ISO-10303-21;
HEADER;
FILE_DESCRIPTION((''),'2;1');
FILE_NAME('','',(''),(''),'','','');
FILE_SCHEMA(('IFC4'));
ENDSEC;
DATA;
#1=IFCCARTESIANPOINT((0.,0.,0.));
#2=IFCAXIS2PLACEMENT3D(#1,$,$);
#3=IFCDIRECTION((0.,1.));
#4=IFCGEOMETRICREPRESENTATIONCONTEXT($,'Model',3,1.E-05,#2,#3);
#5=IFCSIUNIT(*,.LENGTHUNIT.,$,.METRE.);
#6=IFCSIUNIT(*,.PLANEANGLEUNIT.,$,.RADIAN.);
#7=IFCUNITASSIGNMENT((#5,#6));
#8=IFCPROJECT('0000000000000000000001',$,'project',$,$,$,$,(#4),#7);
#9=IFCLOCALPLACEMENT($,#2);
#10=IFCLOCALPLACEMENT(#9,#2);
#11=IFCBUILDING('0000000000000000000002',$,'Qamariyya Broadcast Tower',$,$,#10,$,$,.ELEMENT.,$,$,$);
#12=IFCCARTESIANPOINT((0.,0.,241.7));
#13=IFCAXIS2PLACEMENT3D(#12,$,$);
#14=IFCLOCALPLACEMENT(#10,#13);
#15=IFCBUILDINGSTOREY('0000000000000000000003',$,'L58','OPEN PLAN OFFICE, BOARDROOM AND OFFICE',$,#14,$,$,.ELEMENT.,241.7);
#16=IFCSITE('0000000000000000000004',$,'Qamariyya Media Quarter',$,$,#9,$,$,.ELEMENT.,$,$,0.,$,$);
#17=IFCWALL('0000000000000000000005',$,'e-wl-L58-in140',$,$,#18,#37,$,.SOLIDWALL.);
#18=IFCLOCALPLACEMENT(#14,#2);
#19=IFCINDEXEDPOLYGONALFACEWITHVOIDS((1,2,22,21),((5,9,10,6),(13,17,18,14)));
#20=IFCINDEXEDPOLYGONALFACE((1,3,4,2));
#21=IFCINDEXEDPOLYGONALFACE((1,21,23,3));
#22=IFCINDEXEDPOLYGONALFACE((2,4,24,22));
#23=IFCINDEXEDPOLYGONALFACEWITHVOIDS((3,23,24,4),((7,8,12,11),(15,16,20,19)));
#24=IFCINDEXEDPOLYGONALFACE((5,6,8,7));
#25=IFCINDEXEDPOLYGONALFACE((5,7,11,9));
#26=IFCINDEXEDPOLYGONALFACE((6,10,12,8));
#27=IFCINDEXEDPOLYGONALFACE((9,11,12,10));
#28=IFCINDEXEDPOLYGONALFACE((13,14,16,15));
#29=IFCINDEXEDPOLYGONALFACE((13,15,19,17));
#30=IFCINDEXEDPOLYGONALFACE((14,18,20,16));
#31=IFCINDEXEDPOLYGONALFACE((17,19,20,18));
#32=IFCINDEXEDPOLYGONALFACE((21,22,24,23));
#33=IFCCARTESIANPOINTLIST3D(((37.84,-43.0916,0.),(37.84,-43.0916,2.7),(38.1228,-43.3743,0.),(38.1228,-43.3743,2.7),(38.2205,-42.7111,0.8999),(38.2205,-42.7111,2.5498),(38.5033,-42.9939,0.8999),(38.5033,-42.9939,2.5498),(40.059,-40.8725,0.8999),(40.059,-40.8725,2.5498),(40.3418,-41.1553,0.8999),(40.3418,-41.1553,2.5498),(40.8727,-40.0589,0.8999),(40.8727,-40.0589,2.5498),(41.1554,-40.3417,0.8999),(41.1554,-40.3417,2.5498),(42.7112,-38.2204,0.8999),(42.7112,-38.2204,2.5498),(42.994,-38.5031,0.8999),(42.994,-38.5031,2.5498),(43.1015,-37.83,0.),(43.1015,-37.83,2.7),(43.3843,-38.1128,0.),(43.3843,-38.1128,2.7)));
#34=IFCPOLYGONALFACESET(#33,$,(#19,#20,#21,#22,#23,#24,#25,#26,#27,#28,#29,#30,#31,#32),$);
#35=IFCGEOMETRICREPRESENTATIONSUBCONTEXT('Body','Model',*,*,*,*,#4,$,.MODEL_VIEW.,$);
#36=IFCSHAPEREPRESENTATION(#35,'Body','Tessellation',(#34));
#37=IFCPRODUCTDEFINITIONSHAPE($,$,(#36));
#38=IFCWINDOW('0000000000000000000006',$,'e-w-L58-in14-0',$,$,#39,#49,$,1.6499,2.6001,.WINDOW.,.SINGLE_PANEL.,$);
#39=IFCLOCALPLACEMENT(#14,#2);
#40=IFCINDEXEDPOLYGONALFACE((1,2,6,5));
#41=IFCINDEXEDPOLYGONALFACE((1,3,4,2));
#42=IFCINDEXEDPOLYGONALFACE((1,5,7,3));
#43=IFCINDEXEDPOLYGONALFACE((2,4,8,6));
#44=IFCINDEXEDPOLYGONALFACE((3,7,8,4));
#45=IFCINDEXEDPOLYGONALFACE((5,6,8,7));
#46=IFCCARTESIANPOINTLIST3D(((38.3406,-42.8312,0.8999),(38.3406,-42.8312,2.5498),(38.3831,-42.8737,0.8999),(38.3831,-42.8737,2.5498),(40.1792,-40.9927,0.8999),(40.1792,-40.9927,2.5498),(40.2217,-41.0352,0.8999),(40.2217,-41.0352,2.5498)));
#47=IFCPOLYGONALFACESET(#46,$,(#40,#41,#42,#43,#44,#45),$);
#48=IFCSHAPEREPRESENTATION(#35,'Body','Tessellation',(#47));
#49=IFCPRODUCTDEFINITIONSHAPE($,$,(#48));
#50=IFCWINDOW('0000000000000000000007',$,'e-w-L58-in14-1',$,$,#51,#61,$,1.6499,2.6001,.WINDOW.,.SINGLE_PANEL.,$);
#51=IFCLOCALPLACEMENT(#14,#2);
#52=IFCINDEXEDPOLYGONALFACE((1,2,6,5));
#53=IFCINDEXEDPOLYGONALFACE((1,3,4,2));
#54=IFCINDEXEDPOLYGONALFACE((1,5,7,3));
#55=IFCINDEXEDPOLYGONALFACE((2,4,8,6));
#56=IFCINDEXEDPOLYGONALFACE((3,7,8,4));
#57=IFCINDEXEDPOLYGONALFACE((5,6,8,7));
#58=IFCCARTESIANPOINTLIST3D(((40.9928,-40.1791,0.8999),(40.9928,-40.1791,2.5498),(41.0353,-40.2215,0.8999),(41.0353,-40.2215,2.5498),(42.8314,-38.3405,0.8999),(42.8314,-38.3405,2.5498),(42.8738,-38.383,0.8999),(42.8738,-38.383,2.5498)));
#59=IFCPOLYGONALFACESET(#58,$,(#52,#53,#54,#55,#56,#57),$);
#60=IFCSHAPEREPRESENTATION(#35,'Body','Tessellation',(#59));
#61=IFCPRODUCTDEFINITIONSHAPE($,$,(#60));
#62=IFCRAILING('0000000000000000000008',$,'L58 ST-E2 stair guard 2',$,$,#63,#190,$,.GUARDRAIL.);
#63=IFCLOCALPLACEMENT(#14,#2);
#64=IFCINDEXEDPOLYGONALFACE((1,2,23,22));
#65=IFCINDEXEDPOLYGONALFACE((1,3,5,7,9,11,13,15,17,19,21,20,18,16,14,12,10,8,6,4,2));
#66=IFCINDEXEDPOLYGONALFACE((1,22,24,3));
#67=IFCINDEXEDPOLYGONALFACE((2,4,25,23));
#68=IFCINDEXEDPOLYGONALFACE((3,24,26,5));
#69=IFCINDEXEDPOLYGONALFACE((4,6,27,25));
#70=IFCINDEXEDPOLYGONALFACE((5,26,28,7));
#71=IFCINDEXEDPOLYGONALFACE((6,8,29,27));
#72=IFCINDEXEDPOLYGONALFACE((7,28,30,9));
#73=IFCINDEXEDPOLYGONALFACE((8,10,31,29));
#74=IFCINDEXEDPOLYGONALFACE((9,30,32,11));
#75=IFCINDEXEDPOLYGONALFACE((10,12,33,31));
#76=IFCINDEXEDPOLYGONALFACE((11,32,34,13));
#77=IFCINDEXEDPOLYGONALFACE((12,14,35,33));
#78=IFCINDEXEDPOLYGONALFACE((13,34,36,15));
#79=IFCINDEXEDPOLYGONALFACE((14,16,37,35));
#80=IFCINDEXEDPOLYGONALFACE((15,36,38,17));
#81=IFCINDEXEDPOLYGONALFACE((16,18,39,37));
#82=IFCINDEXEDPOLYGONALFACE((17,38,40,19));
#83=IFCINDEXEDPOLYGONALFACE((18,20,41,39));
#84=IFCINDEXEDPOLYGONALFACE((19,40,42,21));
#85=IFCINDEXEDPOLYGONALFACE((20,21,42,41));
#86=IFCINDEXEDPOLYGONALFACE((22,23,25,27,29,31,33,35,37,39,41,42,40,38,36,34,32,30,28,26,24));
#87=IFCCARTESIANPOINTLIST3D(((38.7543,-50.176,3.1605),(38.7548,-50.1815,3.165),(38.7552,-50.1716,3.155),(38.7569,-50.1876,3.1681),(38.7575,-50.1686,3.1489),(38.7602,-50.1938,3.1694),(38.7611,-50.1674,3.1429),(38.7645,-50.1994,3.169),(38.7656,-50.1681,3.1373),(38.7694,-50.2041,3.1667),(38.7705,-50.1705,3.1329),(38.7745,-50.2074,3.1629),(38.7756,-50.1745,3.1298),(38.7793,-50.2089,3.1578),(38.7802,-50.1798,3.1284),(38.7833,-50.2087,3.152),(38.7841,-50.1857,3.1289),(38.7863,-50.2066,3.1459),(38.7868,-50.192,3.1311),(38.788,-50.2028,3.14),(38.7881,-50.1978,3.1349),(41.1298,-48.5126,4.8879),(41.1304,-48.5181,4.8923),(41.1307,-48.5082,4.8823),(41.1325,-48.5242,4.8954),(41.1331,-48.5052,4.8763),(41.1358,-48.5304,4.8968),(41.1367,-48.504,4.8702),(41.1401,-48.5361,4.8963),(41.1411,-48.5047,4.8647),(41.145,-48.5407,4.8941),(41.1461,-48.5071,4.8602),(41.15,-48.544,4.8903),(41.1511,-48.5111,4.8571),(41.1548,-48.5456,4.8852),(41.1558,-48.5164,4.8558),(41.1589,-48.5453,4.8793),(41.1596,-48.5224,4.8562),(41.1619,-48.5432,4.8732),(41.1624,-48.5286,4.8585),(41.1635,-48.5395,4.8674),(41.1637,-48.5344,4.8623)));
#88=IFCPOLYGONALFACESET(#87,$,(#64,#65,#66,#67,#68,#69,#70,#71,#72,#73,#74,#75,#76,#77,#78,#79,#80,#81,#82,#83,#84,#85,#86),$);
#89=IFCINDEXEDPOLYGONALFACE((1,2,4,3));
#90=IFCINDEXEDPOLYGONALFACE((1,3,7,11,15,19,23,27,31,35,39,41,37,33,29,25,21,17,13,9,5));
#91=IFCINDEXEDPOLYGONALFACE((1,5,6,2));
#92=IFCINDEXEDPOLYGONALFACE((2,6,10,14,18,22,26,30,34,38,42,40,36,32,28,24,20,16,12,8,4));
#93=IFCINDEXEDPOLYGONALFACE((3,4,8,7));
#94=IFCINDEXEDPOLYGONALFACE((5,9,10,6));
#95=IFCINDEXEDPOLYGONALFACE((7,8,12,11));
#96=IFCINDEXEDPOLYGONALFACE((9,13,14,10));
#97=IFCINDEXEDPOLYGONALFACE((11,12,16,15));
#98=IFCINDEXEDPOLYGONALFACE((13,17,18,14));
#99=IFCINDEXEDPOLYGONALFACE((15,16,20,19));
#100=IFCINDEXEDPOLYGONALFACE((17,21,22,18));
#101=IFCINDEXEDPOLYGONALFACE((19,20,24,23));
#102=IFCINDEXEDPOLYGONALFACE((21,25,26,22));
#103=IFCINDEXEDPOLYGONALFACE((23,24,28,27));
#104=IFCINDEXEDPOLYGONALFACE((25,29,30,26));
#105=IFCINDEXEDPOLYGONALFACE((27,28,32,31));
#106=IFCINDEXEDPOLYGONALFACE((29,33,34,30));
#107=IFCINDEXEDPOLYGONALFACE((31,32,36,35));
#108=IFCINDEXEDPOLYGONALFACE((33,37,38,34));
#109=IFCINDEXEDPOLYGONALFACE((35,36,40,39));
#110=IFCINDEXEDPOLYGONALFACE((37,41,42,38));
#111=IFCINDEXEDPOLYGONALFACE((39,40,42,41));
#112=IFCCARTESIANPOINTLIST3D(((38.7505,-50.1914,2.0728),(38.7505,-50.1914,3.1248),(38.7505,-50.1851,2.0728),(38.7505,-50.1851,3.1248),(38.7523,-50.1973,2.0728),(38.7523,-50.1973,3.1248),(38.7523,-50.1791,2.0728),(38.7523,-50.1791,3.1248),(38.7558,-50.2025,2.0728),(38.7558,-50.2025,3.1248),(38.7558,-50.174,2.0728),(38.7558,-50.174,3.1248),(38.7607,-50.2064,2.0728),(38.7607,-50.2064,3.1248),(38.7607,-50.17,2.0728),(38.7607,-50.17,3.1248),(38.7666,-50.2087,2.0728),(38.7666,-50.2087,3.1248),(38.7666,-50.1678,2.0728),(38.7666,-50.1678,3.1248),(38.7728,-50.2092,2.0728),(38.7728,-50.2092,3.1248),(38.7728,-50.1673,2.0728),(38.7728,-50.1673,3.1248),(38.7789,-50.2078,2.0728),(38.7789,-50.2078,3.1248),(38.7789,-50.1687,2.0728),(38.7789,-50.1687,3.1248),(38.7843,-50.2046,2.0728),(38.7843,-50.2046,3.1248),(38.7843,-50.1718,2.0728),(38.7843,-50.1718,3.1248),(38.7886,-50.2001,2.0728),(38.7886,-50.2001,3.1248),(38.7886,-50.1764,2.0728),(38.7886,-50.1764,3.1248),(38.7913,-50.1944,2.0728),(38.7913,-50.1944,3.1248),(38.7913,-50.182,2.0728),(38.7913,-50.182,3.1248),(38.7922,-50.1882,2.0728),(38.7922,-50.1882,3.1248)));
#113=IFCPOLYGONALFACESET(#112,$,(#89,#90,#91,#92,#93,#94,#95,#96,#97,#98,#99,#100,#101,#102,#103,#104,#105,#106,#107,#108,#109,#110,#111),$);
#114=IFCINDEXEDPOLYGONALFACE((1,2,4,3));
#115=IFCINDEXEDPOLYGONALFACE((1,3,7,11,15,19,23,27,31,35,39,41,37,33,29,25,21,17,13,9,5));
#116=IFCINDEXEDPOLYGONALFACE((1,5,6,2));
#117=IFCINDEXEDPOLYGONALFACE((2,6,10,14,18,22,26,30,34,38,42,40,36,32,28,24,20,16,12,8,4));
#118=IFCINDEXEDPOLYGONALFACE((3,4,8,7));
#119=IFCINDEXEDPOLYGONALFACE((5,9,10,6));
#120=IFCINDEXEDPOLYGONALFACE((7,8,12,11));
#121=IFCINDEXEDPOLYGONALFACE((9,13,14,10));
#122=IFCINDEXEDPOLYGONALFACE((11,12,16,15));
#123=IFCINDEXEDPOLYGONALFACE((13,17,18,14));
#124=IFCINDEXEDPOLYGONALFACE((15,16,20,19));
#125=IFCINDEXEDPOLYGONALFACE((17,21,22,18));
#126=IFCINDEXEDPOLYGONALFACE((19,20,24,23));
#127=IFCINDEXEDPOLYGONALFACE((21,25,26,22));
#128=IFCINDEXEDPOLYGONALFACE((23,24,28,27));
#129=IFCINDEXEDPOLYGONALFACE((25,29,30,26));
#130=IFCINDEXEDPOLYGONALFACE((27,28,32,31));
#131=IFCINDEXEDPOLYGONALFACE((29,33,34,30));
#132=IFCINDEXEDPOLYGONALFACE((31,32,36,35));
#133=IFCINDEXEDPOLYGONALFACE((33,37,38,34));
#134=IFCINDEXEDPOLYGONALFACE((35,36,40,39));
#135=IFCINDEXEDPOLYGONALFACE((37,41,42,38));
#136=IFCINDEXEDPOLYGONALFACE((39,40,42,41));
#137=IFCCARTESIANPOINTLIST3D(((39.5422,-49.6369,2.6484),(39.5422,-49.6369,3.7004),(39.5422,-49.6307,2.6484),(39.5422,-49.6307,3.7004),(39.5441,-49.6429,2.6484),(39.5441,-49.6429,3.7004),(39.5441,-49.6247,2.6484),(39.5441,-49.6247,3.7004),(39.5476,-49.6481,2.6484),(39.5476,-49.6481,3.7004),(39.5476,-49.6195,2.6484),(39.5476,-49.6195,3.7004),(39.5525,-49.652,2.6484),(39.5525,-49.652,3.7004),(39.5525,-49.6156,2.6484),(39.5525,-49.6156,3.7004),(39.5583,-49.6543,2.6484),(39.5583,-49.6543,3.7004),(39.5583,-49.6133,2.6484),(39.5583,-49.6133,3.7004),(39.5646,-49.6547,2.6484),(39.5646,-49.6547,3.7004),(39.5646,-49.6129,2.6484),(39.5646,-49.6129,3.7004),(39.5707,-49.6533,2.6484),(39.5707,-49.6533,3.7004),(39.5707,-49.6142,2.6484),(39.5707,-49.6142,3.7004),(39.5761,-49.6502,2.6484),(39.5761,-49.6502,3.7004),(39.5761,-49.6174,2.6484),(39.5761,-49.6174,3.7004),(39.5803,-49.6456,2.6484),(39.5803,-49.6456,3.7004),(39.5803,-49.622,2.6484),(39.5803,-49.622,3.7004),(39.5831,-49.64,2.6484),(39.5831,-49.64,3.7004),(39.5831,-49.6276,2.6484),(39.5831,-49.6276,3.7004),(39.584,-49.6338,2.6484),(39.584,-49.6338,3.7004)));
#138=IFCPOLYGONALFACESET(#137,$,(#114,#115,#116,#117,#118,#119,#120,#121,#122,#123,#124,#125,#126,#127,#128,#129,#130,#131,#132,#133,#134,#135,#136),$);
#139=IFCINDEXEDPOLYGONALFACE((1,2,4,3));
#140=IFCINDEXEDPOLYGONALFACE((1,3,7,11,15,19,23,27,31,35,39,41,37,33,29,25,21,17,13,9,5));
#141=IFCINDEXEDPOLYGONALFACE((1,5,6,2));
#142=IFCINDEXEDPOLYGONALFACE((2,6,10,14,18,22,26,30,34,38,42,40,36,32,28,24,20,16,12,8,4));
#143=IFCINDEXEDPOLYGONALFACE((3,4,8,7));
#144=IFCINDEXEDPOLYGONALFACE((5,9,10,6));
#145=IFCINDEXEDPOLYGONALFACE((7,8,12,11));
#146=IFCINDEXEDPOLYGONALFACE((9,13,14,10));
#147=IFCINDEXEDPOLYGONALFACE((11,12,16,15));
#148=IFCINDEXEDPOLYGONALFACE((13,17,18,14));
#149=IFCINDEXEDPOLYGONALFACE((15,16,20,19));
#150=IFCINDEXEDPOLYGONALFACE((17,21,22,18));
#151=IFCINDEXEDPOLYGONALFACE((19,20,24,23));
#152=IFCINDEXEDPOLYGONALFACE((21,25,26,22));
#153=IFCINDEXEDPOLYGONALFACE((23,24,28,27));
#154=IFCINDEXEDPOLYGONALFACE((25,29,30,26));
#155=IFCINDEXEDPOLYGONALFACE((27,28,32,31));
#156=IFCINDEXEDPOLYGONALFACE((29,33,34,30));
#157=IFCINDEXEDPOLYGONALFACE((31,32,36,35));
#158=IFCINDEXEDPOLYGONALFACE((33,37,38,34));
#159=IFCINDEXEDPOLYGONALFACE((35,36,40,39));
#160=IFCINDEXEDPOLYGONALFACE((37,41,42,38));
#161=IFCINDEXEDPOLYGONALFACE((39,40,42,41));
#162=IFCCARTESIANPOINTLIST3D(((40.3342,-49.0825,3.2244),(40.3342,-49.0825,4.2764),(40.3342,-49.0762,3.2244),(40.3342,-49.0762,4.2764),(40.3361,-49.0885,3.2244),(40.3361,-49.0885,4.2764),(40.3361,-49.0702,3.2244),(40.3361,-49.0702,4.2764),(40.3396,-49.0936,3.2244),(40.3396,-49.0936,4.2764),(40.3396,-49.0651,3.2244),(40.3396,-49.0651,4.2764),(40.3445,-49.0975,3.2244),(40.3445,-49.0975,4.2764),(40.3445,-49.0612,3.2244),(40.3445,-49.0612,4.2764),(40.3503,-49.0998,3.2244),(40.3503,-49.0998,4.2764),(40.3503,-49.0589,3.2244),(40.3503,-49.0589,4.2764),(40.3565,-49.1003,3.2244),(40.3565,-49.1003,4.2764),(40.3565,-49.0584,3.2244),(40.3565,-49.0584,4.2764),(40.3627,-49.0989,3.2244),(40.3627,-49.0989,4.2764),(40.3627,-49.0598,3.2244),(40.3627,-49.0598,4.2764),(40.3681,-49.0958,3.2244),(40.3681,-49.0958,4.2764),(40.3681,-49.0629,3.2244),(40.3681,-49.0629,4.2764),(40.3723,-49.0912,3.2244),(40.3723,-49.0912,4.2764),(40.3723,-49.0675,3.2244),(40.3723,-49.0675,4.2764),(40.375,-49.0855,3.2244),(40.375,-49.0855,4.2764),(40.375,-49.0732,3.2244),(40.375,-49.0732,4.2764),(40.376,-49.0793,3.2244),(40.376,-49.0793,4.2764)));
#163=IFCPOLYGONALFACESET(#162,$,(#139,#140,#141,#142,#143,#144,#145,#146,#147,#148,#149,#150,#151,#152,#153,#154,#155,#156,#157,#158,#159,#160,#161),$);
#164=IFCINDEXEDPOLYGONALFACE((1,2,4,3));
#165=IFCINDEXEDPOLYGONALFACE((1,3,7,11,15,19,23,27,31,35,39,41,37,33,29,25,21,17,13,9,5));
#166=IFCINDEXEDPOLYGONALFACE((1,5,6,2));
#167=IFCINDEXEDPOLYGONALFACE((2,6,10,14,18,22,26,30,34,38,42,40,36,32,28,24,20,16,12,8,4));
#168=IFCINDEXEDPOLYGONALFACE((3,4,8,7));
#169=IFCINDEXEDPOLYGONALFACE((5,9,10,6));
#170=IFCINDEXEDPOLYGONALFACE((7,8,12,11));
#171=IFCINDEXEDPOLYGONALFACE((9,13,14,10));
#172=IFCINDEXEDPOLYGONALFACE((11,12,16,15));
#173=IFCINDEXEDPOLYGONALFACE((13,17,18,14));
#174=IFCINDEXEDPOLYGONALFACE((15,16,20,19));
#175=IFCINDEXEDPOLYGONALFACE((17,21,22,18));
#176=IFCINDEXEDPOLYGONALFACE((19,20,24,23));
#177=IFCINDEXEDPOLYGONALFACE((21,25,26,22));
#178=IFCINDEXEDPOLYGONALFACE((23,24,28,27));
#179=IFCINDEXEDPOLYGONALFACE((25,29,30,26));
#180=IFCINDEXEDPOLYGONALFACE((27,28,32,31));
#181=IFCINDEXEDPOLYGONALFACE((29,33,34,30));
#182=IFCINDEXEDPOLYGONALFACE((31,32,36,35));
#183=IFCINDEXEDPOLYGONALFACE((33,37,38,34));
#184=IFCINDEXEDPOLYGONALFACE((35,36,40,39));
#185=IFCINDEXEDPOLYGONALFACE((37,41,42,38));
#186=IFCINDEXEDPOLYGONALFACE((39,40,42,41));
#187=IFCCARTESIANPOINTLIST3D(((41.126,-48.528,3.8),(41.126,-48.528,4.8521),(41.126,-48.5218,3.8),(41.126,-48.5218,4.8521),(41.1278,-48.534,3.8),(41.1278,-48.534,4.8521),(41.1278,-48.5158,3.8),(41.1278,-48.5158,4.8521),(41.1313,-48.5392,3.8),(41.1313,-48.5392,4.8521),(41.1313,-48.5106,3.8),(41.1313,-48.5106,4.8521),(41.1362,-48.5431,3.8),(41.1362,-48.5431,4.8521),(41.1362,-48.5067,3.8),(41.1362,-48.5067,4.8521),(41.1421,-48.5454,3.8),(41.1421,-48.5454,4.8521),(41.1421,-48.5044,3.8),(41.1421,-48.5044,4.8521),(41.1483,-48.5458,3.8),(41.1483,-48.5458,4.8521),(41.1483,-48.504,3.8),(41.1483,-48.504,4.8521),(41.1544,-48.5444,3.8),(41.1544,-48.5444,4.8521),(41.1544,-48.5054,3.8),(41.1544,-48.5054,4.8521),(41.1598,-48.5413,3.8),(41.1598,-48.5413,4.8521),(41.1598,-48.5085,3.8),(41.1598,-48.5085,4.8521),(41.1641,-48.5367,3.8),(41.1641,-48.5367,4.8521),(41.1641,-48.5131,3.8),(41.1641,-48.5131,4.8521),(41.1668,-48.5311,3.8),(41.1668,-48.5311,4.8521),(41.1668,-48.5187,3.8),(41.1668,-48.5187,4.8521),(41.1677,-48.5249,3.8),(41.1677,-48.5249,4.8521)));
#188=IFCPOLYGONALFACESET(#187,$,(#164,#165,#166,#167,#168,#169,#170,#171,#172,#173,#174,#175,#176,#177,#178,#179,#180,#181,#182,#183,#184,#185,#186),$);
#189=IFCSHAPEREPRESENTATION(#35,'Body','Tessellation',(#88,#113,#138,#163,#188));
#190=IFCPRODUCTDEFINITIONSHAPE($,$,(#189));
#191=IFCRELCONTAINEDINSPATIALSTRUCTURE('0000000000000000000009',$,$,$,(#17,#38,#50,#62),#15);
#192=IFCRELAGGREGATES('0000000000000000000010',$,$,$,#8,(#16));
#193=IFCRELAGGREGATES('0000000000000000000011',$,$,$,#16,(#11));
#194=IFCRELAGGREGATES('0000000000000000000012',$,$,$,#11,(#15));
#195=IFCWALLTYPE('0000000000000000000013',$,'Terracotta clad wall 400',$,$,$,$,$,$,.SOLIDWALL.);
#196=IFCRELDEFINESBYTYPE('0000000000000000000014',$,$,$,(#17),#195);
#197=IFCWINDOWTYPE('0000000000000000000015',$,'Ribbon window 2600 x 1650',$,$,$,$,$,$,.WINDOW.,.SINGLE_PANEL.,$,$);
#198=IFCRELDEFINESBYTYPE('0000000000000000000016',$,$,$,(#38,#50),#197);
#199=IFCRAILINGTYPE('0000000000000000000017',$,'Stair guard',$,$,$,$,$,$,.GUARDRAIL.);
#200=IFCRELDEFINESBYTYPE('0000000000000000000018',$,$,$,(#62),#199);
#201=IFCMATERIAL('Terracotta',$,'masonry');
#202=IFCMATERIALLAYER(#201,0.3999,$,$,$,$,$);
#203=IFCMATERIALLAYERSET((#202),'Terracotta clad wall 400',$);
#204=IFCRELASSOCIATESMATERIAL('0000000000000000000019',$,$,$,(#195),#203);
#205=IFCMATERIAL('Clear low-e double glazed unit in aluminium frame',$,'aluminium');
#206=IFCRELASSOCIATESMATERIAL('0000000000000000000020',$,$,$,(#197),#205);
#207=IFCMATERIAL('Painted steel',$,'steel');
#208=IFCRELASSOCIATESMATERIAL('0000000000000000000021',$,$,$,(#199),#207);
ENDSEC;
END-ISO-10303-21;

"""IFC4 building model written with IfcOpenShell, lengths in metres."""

from ifc_helpers import new_model, si_unit, direction, frame, frame_2d, origin, origin_2d, place, context, subcontext, project, spatial, rectangle, circle, extrude, material, layer, layer_set, type_object, element, fill, save


model = new_model("IFC4")

# Units and contexts
model_context = context("Model", 3, precision=1e-05, world=origin(), true_north=direction((0.0, 1.0)))
body_context = subcontext(model_context, "Body", "Model", "MODEL_VIEW")
ifc_project = project(units=[si_unit("LENGTHUNIT", "METRE"), si_unit("PLANEANGLEUNIT", "RADIAN")], contexts=[model_context])

# Site, building, storey
site_placement = place(None, origin())
site = spatial("IfcSite", under=ifc_project, at=site_placement, Name="Qamariyya Media Quarter", CompositionType="ELEMENT", RefElevation=0.0)
building_placement = place(site_placement, origin())
building = spatial("IfcBuilding", under=site, at=building_placement, Name="Qamariyya Broadcast Tower", CompositionType="ELEMENT")
storey_placement = place(building_placement, frame((0.0, 0.0, 241.7)))
storey = spatial("IfcBuildingStorey", under=building, at=storey_placement, Name="L58", Description="OPEN PLAN OFFICE, BOARDROOM AND OFFICE", CompositionType="ELEMENT", Elevation=241.7)

# Wall, openings, windows
ifc_material_1 = material(Name="Terracotta", Category="masonry")
ifc_layer_1 = layer(ifc_material_1, 0.3999)
ifc_layer_set_1 = layer_set([ifc_layer_1], Name="Terracotta clad wall 400")
wall_type_1 = type_object("IfcWallType", Name="Terracotta clad wall 400", PredefinedType="SOLIDWALL", material=ifc_layer_set_1)
ifc_material_2 = material(Name="Clear low-e double glazed unit in aluminium frame", Category="aluminium")
window_type = type_object("IfcWindowType", Name="Ribbon window 2600 x 1650", PartitioningType="SINGLE_PANEL", PredefinedType="WINDOW", material=ifc_material_2)
wall_1_placement = place(storey_placement, frame((43.2429, -37.9714, 0.0), z_axis=(0.0, 0.0, 1.0), x_axis=(-0.707107, -0.707107, 0.0)))
wall_1 = element("IfcWall", 1, at=wall_1_placement, inside=storey, type_object=wall_type_1, Name="e-wl-L58-in140", PredefinedType="SOLIDWALL", context=body_context, shape_type="SweptSolid", body=[
    extrude(rectangle(XDim=7.4409, YDim=0.3999, at=frame_2d((3.7205, 0.0))), origin(), (0.0, 0.0, 1.0), 2.7),
])
opening_1_placement = place(wall_1_placement, frame((4.3027, 0.0, 0.8999)))
opening_1 = element("IfcOpeningElement", 2, at=opening_1_placement, cuts=wall_1, PredefinedType="OPENING", context=body_context, shape_type="SweptSolid", body=[
    extrude(rectangle(XDim=2.6001, YDim=1.6499, at=frame_2d((1.3, 0.825))), frame((0.0, 0.21, 0.0), z_axis=(0.0, -1.0, 0.0), x_axis=(1.0, 0.0, 0.0)), (0.0, 0.0, 1.0), 0.4199),
])
opening_2_placement = place(wall_1_placement, frame((0.552, 0.0, 0.8999)))
opening_2 = element("IfcOpeningElement", 3, at=opening_2_placement, cuts=wall_1, PredefinedType="OPENING", context=body_context, shape_type="SweptSolid", body=[
    extrude(rectangle(XDim=2.6001, YDim=1.6499, at=frame_2d((1.3, 0.825))), frame((0.0, 0.21, 0.0), z_axis=(0.0, -1.0, 0.0), x_axis=(1.0, 0.0, 0.0)), (0.0, 0.0, 1.0), 0.4199),
])
window_1_placement = place(opening_1_placement, origin())
window_1 = element("IfcWindow", 4, at=window_1_placement, inside=storey, type_object=window_type, Name="e-w-L58-in14-0", OverallHeight=1.6499, OverallWidth=2.6001, PartitioningType="SINGLE_PANEL", PredefinedType="WINDOW", context=body_context, shape_type="SweptSolid", body=[
    extrude(rectangle(XDim=2.6001, YDim=1.6499, at=frame_2d((1.3, 0.825))), frame((0.0, 0.03, 0.0), z_axis=(0.0, -1.0, 0.0), x_axis=(1.0, 0.0, 0.0)), (0.0, 0.0, 1.0), 0.0601),
])
fill(opening_1, window_1)
window_2_placement = place(opening_2_placement, origin())
window_2 = element("IfcWindow", 5, at=window_2_placement, inside=storey, type_object=window_type, Name="e-w-L58-in14-1", OverallHeight=1.6499, OverallWidth=2.6001, PartitioningType="SINGLE_PANEL", PredefinedType="WINDOW", context=body_context, shape_type="SweptSolid", body=[
    extrude(rectangle(XDim=2.6001, YDim=1.6499, at=frame_2d((1.3, 0.825))), frame((0.0, 0.03, 0.0), z_axis=(0.0, -1.0, 0.0), x_axis=(1.0, 0.0, 0.0)), (0.0, 0.0, 1.0), 0.0601),
])
fill(opening_2, window_2)

# Railing
ifc_material_3 = material(Name="Painted steel", Category="steel")
railing_type_1 = type_object("IfcRailingType", Name="Stair guard", PredefinedType="GUARDRAIL", material=ifc_material_3)
railing_1_placement = place(storey_placement, frame((38.7712, -50.1882, 2.0728)))
element("IfcRailing", 6, at=railing_1_placement, inside=storey, type_object=railing_type_1, Name="L58 ST-E2 stair guard 2", PredefinedType="GUARDRAIL", context=body_context, shape_type="SweptSolid", body=[
    extrude(circle(Radius=0.0239, at=origin_2d()), frame((0.0, 0.0, 1.0762), z_axis=(0.70377, 0.492784, 0.511734), x_axis=(-0.573575, 0.819153, 0.0)), (0.0, 0.0, 1.0), 3.3755),
    extrude(circle(Radius=0.021, at=origin_2d()), origin(), (0.0, 0.0, 1.0), 1.052),
    extrude(circle(Radius=0.021, at=origin_2d()), frame((0.7917, 0.5544, 0.5757)), (0.0, 0.0, 1.0), 1.052),
    extrude(circle(Radius=0.021, at=origin_2d()), frame((1.5837, 1.1089, 1.1516)), (0.0, 0.0, 1.0), 1.052),
    extrude(circle(Radius=0.021, at=origin_2d()), frame((2.3755, 1.6633, 1.7273)), (0.0, 0.0, 1.0), 1.052),
])

save(model, "model.ifc")
